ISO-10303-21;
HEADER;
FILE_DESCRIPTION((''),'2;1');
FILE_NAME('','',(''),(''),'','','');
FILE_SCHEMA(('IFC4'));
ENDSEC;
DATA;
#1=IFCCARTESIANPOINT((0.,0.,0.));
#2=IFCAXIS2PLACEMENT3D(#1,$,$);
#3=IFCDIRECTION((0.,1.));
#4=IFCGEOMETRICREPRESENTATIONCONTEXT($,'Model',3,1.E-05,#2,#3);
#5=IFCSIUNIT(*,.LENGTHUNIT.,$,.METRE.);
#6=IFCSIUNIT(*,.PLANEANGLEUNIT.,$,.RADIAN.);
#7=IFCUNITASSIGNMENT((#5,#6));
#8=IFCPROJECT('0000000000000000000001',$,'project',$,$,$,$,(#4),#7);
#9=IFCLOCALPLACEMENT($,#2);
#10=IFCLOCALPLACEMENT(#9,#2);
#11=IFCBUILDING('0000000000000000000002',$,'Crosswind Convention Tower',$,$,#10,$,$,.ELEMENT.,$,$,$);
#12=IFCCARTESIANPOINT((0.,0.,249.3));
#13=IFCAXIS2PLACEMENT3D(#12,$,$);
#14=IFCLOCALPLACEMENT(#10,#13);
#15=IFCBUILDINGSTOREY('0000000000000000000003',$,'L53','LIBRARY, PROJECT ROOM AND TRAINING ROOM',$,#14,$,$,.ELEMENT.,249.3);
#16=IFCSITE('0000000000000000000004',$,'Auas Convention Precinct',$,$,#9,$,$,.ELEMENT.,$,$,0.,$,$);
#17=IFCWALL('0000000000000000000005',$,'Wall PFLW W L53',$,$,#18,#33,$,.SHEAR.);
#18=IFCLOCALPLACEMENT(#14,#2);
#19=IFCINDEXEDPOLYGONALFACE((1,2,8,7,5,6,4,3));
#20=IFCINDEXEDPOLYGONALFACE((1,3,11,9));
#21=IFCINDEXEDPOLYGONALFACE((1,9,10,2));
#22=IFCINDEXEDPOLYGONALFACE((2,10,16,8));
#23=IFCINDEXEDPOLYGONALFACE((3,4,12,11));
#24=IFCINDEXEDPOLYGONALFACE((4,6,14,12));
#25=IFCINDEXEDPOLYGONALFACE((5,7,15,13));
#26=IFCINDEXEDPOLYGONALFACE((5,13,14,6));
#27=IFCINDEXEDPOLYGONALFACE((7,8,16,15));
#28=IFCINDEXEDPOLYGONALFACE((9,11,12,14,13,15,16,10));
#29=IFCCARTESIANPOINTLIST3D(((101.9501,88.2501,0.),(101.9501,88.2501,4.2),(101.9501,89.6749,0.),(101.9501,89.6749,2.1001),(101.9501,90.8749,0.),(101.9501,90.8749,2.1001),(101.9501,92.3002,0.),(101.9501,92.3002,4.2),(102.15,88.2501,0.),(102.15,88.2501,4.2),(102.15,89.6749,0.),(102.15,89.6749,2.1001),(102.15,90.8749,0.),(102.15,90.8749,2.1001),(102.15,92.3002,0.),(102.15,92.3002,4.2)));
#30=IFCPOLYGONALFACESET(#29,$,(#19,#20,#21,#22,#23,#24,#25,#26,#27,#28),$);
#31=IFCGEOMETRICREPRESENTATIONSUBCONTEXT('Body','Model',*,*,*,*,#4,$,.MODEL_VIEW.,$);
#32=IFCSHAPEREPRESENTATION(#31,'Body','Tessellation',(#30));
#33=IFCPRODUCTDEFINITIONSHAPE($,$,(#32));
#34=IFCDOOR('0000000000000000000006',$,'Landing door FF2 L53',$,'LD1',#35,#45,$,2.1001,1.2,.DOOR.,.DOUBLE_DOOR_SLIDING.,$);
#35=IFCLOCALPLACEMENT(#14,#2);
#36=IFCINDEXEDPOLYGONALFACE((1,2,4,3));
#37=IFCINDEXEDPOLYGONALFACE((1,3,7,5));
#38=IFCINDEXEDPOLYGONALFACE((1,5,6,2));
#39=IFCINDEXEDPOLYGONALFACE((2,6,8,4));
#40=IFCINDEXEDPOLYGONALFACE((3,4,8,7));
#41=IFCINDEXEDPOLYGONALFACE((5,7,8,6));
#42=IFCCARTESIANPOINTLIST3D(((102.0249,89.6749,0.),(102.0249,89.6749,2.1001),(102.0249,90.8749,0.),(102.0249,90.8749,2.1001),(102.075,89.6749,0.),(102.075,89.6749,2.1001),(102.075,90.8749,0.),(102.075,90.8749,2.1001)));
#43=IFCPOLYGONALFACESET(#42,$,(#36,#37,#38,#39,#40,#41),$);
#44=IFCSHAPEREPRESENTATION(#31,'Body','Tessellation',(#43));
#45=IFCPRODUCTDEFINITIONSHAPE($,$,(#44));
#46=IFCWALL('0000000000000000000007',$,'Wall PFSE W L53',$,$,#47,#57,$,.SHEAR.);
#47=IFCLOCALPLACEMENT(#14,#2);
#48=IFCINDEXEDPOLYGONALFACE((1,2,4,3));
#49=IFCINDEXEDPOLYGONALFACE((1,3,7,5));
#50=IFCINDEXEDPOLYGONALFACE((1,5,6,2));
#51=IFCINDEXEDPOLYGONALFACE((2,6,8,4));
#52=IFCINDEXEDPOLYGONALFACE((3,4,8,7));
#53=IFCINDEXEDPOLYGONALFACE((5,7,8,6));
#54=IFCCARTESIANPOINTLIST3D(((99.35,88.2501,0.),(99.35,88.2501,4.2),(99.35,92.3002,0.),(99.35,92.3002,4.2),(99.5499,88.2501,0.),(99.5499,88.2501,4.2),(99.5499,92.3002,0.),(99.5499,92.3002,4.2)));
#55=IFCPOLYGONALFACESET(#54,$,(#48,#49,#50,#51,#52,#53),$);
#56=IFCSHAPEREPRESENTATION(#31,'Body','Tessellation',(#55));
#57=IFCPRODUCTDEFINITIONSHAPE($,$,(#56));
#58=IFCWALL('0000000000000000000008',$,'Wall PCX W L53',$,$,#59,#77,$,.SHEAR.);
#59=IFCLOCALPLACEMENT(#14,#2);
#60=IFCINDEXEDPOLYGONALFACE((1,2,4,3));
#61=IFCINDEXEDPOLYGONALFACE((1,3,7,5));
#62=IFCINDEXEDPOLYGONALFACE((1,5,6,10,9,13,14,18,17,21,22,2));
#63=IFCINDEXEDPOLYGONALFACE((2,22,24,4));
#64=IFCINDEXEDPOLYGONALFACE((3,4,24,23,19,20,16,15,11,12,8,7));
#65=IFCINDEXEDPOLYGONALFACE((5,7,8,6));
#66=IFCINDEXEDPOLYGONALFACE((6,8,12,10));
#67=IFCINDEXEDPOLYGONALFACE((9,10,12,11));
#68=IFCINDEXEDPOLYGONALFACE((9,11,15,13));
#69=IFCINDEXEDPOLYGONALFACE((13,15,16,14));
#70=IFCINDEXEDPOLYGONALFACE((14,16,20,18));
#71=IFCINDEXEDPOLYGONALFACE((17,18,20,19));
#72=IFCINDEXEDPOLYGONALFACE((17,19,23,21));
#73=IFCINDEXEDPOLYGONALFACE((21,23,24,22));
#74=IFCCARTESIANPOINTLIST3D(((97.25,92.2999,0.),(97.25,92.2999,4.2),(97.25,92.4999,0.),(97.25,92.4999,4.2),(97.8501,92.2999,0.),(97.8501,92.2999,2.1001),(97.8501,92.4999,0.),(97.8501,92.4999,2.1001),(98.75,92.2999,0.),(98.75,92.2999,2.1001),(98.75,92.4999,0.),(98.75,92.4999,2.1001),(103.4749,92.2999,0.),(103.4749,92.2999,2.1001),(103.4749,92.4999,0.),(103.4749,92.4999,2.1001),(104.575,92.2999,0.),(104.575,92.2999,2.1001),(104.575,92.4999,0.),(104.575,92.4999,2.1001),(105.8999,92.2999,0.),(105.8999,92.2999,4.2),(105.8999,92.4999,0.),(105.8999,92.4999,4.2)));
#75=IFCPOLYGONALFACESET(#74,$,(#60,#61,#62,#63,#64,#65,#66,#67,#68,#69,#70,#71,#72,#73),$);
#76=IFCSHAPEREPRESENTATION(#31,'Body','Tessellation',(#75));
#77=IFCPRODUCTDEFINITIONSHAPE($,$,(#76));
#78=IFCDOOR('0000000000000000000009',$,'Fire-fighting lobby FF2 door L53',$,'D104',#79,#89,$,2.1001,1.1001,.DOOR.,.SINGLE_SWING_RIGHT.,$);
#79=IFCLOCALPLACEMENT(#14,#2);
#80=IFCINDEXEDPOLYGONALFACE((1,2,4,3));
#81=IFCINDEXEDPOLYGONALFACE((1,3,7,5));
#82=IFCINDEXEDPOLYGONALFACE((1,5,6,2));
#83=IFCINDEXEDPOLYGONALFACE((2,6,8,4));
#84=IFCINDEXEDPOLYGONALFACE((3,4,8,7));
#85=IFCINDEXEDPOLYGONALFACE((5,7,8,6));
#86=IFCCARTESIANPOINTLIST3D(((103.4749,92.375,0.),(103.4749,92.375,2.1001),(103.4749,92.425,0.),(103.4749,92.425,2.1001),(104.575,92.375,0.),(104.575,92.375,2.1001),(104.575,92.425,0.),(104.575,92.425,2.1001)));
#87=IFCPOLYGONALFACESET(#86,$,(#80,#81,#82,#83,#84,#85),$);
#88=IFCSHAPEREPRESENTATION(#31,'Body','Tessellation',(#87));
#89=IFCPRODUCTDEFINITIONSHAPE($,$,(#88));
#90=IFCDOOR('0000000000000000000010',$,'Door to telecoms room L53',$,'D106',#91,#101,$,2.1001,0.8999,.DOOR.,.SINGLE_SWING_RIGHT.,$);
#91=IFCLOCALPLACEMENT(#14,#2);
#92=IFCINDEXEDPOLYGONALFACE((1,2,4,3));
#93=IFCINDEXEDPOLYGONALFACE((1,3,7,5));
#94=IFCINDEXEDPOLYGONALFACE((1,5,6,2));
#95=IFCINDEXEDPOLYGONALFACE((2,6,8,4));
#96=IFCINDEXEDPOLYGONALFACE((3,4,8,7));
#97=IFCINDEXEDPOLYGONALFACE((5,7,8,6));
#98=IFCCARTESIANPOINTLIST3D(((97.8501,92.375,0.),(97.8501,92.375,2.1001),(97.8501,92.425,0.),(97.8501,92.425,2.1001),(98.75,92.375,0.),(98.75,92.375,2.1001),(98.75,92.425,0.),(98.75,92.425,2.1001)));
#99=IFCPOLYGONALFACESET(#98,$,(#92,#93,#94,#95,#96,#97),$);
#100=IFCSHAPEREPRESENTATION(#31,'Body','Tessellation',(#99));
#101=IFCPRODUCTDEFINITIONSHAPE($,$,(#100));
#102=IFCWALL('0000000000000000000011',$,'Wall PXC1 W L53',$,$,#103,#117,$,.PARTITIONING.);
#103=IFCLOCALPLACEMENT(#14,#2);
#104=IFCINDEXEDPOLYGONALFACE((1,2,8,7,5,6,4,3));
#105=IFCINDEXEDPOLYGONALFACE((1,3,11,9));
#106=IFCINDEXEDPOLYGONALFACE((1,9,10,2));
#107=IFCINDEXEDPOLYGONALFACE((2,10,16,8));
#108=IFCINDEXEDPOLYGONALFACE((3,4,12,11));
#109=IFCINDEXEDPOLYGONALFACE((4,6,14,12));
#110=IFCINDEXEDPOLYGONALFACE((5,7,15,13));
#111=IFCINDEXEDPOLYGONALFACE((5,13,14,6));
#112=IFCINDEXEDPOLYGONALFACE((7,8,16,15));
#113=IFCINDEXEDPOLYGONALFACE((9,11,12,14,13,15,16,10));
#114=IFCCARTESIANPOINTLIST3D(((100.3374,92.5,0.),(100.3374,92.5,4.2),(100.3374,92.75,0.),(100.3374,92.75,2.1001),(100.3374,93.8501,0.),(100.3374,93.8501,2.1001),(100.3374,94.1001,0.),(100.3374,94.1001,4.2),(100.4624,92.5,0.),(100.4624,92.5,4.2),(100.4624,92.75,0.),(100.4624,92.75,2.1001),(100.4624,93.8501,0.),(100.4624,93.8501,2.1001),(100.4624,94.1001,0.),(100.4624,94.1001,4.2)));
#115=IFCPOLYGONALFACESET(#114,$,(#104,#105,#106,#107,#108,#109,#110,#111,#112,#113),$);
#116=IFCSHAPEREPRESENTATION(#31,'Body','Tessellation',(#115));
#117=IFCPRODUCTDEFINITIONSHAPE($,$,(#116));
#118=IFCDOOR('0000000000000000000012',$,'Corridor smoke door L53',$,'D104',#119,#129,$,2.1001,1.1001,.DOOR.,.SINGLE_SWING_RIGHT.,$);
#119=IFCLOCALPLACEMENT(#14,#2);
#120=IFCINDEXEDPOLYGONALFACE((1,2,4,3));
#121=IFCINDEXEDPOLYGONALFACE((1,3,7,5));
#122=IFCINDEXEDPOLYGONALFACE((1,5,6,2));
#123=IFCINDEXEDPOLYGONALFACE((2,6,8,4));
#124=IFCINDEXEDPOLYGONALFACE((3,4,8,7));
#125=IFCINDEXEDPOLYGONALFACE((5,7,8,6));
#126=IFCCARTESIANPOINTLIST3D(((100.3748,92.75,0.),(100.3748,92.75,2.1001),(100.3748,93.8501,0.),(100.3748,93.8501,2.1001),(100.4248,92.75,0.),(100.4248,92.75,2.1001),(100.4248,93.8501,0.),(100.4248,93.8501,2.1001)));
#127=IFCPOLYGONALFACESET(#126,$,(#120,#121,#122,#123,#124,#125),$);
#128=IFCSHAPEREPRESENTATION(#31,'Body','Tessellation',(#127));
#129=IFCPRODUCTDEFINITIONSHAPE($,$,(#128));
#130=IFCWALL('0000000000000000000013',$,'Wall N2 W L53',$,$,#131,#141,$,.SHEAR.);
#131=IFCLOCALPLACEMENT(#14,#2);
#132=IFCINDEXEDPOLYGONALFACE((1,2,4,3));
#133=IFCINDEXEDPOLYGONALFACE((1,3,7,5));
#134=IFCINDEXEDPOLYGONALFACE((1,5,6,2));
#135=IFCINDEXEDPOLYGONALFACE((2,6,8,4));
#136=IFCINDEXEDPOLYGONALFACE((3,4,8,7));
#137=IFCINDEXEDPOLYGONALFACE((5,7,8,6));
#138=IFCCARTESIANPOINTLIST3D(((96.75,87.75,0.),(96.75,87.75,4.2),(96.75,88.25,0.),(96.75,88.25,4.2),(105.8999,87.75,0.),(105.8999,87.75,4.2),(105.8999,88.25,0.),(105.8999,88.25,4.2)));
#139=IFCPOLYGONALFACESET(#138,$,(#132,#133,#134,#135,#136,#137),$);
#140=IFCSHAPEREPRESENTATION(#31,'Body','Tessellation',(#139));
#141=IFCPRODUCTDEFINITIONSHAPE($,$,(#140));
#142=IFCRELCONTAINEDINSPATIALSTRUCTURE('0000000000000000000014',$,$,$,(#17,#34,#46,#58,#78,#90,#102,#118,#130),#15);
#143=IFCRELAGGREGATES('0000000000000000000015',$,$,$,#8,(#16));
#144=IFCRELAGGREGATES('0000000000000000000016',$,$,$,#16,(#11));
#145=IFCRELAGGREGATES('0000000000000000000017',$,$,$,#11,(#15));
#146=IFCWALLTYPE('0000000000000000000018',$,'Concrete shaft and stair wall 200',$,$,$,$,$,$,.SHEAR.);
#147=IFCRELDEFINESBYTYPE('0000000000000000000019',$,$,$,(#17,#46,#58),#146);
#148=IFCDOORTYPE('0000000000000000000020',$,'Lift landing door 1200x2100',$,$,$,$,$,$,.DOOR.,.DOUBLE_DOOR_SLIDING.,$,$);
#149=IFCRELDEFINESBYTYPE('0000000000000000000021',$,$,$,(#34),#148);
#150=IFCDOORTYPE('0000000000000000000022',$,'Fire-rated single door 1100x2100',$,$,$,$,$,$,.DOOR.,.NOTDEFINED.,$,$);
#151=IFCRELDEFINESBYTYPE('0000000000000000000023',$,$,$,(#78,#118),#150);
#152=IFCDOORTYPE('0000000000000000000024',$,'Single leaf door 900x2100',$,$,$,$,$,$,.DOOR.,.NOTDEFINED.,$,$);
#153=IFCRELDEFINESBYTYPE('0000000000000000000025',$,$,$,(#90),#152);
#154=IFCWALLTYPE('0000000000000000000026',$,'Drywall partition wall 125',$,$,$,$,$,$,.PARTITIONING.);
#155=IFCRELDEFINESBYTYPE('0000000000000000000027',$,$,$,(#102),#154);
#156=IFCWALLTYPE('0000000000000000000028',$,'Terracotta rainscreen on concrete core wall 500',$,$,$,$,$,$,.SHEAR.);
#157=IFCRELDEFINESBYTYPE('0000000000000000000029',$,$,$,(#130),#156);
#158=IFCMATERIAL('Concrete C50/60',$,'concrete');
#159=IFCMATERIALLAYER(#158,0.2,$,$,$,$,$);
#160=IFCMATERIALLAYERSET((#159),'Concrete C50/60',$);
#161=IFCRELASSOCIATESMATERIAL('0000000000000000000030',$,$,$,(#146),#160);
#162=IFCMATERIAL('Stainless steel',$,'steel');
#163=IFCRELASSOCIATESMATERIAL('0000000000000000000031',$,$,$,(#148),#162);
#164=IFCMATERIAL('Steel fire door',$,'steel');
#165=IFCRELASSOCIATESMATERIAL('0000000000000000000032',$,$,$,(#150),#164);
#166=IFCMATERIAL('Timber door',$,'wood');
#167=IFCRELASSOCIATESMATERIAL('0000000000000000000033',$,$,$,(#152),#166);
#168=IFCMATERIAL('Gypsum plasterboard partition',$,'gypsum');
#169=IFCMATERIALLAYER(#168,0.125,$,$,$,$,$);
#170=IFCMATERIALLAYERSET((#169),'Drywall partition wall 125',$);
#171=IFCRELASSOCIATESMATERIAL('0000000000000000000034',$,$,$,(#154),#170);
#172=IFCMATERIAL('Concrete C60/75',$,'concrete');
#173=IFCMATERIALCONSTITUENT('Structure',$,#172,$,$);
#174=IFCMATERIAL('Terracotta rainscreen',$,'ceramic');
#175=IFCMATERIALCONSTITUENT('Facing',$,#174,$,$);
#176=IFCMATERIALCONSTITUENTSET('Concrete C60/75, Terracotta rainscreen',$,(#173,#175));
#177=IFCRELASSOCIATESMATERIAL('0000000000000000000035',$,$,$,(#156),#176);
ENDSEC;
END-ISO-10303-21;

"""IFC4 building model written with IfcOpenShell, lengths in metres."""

from ifc_helpers import new_model, si_unit, direction, frame, frame_2d, origin, place, context, subcontext, project, spatial, rectangle, extrude, material, layer, layer_set, constituent, constituent_set, type_object, element, fill, save


model = new_model("IFC4")

# Units and contexts
model_context = context("Model", 3, precision=1e-05, world=origin(), true_north=direction((0.0, 1.0)))
body_context = subcontext(model_context, "Body", "Model", "MODEL_VIEW")
ifc_project = project(units=[si_unit("LENGTHUNIT", "METRE"), si_unit("PLANEANGLEUNIT", "RADIAN")], contexts=[model_context])

# Site, building, storey
site_placement = place(None, origin())
site = spatial("IfcSite", under=ifc_project, at=site_placement, Name="Auas Convention Precinct", CompositionType="ELEMENT", RefElevation=0.0)
building_placement = place(site_placement, origin())
building = spatial("IfcBuilding", under=site, at=building_placement, Name="Crosswind Convention Tower", CompositionType="ELEMENT")
storey_placement = place(building_placement, frame((0.0, 0.0, 249.3)))
storey = spatial("IfcBuildingStorey", under=building, at=storey_placement, Name="L53", Description="LIBRARY, PROJECT ROOM AND TRAINING ROOM", CompositionType="ELEMENT", Elevation=249.3)

# Shared definitions
ifc_material_1 = material(Name="Concrete C50/60", Category="concrete")
ifc_layer_1 = layer(ifc_material_1, 0.2)
ifc_layer_set_1 = layer_set([ifc_layer_1], Name="Concrete C50/60")
wall_type_1 = type_object("IfcWallType", Name="Concrete shaft and stair wall 200", PredefinedType="SHEAR", material=ifc_layer_set_1)

# Wall, opening, door
wall_1_placement = place(storey_placement, frame((102.05, 92.3, 0.0), z_axis=(0.0, 0.0, 1.0), x_axis=(0.0, -1.0, 0.0)))
wall_1 = element("IfcWall", 1, at=wall_1_placement, inside=storey, type_object=wall_type_1, Name="Wall PFLW W L53", PredefinedType="SHEAR", context=body_context, shape_type="SweptSolid", body=[
    extrude(rectangle(XDim=4.05, YDim=0.2, at=frame_2d((2.0249, 0.0))), origin(), (0.0, 0.0, 1.0), 4.2),
])
opening_1_placement = place(wall_1_placement, frame((1.425, 0.0, 0.0)))
opening_1 = element("IfcOpeningElement", 2, at=opening_1_placement, cuts=wall_1, PredefinedType="OPENING", context=body_context, shape_type="SweptSolid", body=[
    extrude(rectangle(XDim=1.2, YDim=2.1001, at=frame_2d((0.6001, 1.05))), frame((0.0, 0.1099, 0.0), z_axis=(0.0, -1.0, 0.0), x_axis=(1.0, 0.0, 0.0)), (0.0, 0.0, 1.0), 0.22),
])
ifc_material_2 = material(Name="Stainless steel", Category="steel")
door_type_1 = type_object("IfcDoorType", Name="Lift landing door 1200x2100", OperationType="DOUBLE_DOOR_SLIDING", PredefinedType="DOOR", material=ifc_material_2)
door_1_placement = place(opening_1_placement, origin())
door_1 = element("IfcDoor", 3, at=door_1_placement, inside=storey, type_object=door_type_1, Name="Landing door FF2 L53", ObjectType="LD1", OperationType="DOUBLE_DOOR_SLIDING", OverallHeight=2.1001, OverallWidth=1.2, PredefinedType="DOOR", context=body_context, shape_type="SweptSolid", body=[
    extrude(rectangle(XDim=1.2, YDim=2.1001, at=frame_2d((0.6001, 1.05))), frame((0.0, 0.0249, 0.0), z_axis=(0.0, -1.0, 0.0), x_axis=(1.0, 0.0, 0.0)), (0.0, 0.0, 1.0), 0.05),
])
fill(opening_1, door_1)

# Wall
wall_2_placement = place(storey_placement, frame((99.45, 92.3, 0.0), z_axis=(0.0, 0.0, 1.0), x_axis=(0.0, -1.0, 0.0)))
element("IfcWall", 4, at=wall_2_placement, inside=storey, type_object=wall_type_1, Name="Wall PFSE W L53", PredefinedType="SHEAR", context=body_context, shape_type="SweptSolid", body=[
    extrude(rectangle(XDim=4.05, YDim=0.2, at=frame_2d((2.0249, 0.0))), origin(), (0.0, 0.0, 1.0), 4.2),
])

# Wall, openings, doors
wall_3_placement = place(storey_placement, frame((105.8999, 92.3999, 0.0), z_axis=(0.0, 0.0, 1.0), x_axis=(-1.0, 0.0, 0.0)))
wall_3 = element("IfcWall", 5, at=wall_3_placement, inside=storey, type_object=wall_type_1, Name="Wall PCX W L53", PredefinedType="SHEAR", context=body_context, shape_type="SweptSolid", body=[
    extrude(rectangle(XDim=8.6499, YDim=0.2, at=frame_2d((4.325, 0.0))), origin(), (0.0, 0.0, 1.0), 4.2),
])
opening_2_placement = place(wall_3_placement, frame((1.325, 0.0, 0.0)))
opening_2 = element("IfcOpeningElement", 6, at=opening_2_placement, cuts=wall_3, PredefinedType="OPENING", context=body_context, shape_type="SweptSolid", body=[
    extrude(rectangle(XDim=1.1001, YDim=2.1001, at=frame_2d((0.55, 1.05))), frame((0.0, 0.1099, 0.0), z_axis=(0.0, -1.0, 0.0), x_axis=(1.0, 0.0, 0.0)), (0.0, 0.0, 1.0), 0.22),
])
opening_3_placement = place(wall_3_placement, frame((7.1499, 0.0, 0.0)))
opening_3 = element("IfcOpeningElement", 7, at=opening_3_placement, cuts=wall_3, PredefinedType="OPENING", context=body_context, shape_type="SweptSolid", body=[
    extrude(rectangle(XDim=0.8999, YDim=2.1001, at=frame_2d((0.45, 1.05))), frame((0.0, 0.1099, 0.0), z_axis=(0.0, -1.0, 0.0), x_axis=(1.0, 0.0, 0.0)), (0.0, 0.0, 1.0), 0.22),
])
ifc_material_3 = material(Name="Steel fire door", Category="steel")
door_type_2 = type_object("IfcDoorType", Name="Fire-rated single door 1100x2100", OperationType="NOTDEFINED", PredefinedType="DOOR", material=ifc_material_3)
door_2_placement = place(opening_2_placement, origin())
door_2 = element("IfcDoor", 8, at=door_2_placement, inside=storey, type_object=door_type_2, Name="Fire-fighting lobby FF2 door L53", ObjectType="D104", OperationType="SINGLE_SWING_RIGHT", OverallHeight=2.1001, OverallWidth=1.1001, PredefinedType="DOOR", context=body_context, shape_type="SweptSolid", body=[
    extrude(rectangle(XDim=1.1001, YDim=2.1001, at=frame_2d((0.55, 1.05))), frame((0.0, 0.0249, 0.0), z_axis=(0.0, -1.0, 0.0), x_axis=(1.0, 0.0, 0.0)), (0.0, 0.0, 1.0), 0.05),
])
fill(opening_2, door_2)
ifc_material_4 = material(Name="Timber door", Category="wood")
door_type_3 = type_object("IfcDoorType", Name="Single leaf door 900x2100", OperationType="NOTDEFINED", PredefinedType="DOOR", material=ifc_material_4)
door_3_placement = place(opening_3_placement, origin())
door_3 = element("IfcDoor", 9, at=door_3_placement, inside=storey, type_object=door_type_3, Name="Door to telecoms room L53", ObjectType="D106", OperationType="SINGLE_SWING_RIGHT", OverallHeight=2.1001, OverallWidth=0.8999, PredefinedType="DOOR", context=body_context, shape_type="SweptSolid", body=[
    extrude(rectangle(XDim=0.8999, YDim=2.1001, at=frame_2d((0.45, 1.05))), frame((0.0, 0.0249, 0.0), z_axis=(0.0, -1.0, 0.0), x_axis=(1.0, 0.0, 0.0)), (0.0, 0.0, 1.0), 0.05),
])
fill(opening_3, door_3)

# Wall, opening, door
ifc_material_5 = material(Name="Gypsum plasterboard partition", Category="gypsum")
ifc_layer_2 = layer(ifc_material_5, 0.125)
ifc_layer_set_2 = layer_set([ifc_layer_2], Name="Drywall partition wall 125")
wall_type_2 = type_object("IfcWallType", Name="Drywall partition wall 125", PredefinedType="PARTITIONING", material=ifc_layer_set_2)
wall_4_placement = place(storey_placement, frame((100.3999, 94.1001, 0.0), z_axis=(0.0, 0.0, 1.0), x_axis=(0.0, -1.0, 0.0)))
wall_4 = element("IfcWall", 10, at=wall_4_placement, inside=storey, type_object=wall_type_2, Name="Wall PXC1 W L53", PredefinedType="PARTITIONING", context=body_context, shape_type="SweptSolid", body=[
    extrude(rectangle(XDim=1.6001, YDim=0.125, at=frame_2d((0.8, 0.0))), origin(), (0.0, 0.0, 1.0), 4.2),
])
opening_4_placement = place(wall_4_placement, frame((0.25, 0.0, 0.0)))
opening_4 = element("IfcOpeningElement", 11, at=opening_4_placement, cuts=wall_4, PredefinedType="OPENING", context=body_context, shape_type="SweptSolid", body=[
    extrude(rectangle(XDim=1.1001, YDim=2.1001, at=frame_2d((0.55, 1.05))), frame((0.0, 0.0725, 0.0), z_axis=(0.0, -1.0, 0.0), x_axis=(1.0, 0.0, 0.0)), (0.0, 0.0, 1.0), 0.145),
])
door_4_placement = place(opening_4_placement, origin())
door_4 = element("IfcDoor", 12, at=door_4_placement, inside=storey, type_object=door_type_2, Name="Corridor smoke door L53", ObjectType="D104", OperationType="SINGLE_SWING_RIGHT", OverallHeight=2.1001, OverallWidth=1.1001, PredefinedType="DOOR", context=body_context, shape_type="SweptSolid", body=[
    extrude(rectangle(XDim=1.1001, YDim=2.1001, at=frame_2d((0.55, 1.05))), frame((0.0, 0.0249, 0.0), z_axis=(0.0, -1.0, 0.0), x_axis=(1.0, 0.0, 0.0)), (0.0, 0.0, 1.0), 0.05),
])
fill(opening_4, door_4)

# Wall
ifc_material_6 = material(Name="Concrete C60/75", Category="concrete")
ifc_constituent_1 = constituent(ifc_material_6, Name="Structure")
ifc_material_7 = material(Name="Terracotta rainscreen", Category="ceramic")
ifc_constituent_2 = constituent(ifc_material_7, Name="Facing")
ifc_constituent_set = constituent_set(constituents=[ifc_constituent_1, ifc_constituent_2], Name="Concrete C60/75, Terracotta rainscreen")
wall_type_3 = type_object("IfcWallType", Name="Terracotta rainscreen on concrete core wall 500", PredefinedType="SHEAR", material=ifc_constituent_set)
wall_5_placement = place(storey_placement, frame((105.8999, 88.0, 0.0), z_axis=(0.0, 0.0, 1.0), x_axis=(-1.0, 0.0, 0.0)))
element("IfcWall", 13, at=wall_5_placement, inside=storey, type_object=wall_type_3, Name="Wall N2 W L53", PredefinedType="SHEAR", context=body_context, shape_type="SweptSolid", body=[
    extrude(rectangle(XDim=9.1499, YDim=0.5, at=frame_2d((4.575, 0.0))), origin(), (0.0, 0.0, 1.0), 4.2),
])

save(model, "model.ifc")
